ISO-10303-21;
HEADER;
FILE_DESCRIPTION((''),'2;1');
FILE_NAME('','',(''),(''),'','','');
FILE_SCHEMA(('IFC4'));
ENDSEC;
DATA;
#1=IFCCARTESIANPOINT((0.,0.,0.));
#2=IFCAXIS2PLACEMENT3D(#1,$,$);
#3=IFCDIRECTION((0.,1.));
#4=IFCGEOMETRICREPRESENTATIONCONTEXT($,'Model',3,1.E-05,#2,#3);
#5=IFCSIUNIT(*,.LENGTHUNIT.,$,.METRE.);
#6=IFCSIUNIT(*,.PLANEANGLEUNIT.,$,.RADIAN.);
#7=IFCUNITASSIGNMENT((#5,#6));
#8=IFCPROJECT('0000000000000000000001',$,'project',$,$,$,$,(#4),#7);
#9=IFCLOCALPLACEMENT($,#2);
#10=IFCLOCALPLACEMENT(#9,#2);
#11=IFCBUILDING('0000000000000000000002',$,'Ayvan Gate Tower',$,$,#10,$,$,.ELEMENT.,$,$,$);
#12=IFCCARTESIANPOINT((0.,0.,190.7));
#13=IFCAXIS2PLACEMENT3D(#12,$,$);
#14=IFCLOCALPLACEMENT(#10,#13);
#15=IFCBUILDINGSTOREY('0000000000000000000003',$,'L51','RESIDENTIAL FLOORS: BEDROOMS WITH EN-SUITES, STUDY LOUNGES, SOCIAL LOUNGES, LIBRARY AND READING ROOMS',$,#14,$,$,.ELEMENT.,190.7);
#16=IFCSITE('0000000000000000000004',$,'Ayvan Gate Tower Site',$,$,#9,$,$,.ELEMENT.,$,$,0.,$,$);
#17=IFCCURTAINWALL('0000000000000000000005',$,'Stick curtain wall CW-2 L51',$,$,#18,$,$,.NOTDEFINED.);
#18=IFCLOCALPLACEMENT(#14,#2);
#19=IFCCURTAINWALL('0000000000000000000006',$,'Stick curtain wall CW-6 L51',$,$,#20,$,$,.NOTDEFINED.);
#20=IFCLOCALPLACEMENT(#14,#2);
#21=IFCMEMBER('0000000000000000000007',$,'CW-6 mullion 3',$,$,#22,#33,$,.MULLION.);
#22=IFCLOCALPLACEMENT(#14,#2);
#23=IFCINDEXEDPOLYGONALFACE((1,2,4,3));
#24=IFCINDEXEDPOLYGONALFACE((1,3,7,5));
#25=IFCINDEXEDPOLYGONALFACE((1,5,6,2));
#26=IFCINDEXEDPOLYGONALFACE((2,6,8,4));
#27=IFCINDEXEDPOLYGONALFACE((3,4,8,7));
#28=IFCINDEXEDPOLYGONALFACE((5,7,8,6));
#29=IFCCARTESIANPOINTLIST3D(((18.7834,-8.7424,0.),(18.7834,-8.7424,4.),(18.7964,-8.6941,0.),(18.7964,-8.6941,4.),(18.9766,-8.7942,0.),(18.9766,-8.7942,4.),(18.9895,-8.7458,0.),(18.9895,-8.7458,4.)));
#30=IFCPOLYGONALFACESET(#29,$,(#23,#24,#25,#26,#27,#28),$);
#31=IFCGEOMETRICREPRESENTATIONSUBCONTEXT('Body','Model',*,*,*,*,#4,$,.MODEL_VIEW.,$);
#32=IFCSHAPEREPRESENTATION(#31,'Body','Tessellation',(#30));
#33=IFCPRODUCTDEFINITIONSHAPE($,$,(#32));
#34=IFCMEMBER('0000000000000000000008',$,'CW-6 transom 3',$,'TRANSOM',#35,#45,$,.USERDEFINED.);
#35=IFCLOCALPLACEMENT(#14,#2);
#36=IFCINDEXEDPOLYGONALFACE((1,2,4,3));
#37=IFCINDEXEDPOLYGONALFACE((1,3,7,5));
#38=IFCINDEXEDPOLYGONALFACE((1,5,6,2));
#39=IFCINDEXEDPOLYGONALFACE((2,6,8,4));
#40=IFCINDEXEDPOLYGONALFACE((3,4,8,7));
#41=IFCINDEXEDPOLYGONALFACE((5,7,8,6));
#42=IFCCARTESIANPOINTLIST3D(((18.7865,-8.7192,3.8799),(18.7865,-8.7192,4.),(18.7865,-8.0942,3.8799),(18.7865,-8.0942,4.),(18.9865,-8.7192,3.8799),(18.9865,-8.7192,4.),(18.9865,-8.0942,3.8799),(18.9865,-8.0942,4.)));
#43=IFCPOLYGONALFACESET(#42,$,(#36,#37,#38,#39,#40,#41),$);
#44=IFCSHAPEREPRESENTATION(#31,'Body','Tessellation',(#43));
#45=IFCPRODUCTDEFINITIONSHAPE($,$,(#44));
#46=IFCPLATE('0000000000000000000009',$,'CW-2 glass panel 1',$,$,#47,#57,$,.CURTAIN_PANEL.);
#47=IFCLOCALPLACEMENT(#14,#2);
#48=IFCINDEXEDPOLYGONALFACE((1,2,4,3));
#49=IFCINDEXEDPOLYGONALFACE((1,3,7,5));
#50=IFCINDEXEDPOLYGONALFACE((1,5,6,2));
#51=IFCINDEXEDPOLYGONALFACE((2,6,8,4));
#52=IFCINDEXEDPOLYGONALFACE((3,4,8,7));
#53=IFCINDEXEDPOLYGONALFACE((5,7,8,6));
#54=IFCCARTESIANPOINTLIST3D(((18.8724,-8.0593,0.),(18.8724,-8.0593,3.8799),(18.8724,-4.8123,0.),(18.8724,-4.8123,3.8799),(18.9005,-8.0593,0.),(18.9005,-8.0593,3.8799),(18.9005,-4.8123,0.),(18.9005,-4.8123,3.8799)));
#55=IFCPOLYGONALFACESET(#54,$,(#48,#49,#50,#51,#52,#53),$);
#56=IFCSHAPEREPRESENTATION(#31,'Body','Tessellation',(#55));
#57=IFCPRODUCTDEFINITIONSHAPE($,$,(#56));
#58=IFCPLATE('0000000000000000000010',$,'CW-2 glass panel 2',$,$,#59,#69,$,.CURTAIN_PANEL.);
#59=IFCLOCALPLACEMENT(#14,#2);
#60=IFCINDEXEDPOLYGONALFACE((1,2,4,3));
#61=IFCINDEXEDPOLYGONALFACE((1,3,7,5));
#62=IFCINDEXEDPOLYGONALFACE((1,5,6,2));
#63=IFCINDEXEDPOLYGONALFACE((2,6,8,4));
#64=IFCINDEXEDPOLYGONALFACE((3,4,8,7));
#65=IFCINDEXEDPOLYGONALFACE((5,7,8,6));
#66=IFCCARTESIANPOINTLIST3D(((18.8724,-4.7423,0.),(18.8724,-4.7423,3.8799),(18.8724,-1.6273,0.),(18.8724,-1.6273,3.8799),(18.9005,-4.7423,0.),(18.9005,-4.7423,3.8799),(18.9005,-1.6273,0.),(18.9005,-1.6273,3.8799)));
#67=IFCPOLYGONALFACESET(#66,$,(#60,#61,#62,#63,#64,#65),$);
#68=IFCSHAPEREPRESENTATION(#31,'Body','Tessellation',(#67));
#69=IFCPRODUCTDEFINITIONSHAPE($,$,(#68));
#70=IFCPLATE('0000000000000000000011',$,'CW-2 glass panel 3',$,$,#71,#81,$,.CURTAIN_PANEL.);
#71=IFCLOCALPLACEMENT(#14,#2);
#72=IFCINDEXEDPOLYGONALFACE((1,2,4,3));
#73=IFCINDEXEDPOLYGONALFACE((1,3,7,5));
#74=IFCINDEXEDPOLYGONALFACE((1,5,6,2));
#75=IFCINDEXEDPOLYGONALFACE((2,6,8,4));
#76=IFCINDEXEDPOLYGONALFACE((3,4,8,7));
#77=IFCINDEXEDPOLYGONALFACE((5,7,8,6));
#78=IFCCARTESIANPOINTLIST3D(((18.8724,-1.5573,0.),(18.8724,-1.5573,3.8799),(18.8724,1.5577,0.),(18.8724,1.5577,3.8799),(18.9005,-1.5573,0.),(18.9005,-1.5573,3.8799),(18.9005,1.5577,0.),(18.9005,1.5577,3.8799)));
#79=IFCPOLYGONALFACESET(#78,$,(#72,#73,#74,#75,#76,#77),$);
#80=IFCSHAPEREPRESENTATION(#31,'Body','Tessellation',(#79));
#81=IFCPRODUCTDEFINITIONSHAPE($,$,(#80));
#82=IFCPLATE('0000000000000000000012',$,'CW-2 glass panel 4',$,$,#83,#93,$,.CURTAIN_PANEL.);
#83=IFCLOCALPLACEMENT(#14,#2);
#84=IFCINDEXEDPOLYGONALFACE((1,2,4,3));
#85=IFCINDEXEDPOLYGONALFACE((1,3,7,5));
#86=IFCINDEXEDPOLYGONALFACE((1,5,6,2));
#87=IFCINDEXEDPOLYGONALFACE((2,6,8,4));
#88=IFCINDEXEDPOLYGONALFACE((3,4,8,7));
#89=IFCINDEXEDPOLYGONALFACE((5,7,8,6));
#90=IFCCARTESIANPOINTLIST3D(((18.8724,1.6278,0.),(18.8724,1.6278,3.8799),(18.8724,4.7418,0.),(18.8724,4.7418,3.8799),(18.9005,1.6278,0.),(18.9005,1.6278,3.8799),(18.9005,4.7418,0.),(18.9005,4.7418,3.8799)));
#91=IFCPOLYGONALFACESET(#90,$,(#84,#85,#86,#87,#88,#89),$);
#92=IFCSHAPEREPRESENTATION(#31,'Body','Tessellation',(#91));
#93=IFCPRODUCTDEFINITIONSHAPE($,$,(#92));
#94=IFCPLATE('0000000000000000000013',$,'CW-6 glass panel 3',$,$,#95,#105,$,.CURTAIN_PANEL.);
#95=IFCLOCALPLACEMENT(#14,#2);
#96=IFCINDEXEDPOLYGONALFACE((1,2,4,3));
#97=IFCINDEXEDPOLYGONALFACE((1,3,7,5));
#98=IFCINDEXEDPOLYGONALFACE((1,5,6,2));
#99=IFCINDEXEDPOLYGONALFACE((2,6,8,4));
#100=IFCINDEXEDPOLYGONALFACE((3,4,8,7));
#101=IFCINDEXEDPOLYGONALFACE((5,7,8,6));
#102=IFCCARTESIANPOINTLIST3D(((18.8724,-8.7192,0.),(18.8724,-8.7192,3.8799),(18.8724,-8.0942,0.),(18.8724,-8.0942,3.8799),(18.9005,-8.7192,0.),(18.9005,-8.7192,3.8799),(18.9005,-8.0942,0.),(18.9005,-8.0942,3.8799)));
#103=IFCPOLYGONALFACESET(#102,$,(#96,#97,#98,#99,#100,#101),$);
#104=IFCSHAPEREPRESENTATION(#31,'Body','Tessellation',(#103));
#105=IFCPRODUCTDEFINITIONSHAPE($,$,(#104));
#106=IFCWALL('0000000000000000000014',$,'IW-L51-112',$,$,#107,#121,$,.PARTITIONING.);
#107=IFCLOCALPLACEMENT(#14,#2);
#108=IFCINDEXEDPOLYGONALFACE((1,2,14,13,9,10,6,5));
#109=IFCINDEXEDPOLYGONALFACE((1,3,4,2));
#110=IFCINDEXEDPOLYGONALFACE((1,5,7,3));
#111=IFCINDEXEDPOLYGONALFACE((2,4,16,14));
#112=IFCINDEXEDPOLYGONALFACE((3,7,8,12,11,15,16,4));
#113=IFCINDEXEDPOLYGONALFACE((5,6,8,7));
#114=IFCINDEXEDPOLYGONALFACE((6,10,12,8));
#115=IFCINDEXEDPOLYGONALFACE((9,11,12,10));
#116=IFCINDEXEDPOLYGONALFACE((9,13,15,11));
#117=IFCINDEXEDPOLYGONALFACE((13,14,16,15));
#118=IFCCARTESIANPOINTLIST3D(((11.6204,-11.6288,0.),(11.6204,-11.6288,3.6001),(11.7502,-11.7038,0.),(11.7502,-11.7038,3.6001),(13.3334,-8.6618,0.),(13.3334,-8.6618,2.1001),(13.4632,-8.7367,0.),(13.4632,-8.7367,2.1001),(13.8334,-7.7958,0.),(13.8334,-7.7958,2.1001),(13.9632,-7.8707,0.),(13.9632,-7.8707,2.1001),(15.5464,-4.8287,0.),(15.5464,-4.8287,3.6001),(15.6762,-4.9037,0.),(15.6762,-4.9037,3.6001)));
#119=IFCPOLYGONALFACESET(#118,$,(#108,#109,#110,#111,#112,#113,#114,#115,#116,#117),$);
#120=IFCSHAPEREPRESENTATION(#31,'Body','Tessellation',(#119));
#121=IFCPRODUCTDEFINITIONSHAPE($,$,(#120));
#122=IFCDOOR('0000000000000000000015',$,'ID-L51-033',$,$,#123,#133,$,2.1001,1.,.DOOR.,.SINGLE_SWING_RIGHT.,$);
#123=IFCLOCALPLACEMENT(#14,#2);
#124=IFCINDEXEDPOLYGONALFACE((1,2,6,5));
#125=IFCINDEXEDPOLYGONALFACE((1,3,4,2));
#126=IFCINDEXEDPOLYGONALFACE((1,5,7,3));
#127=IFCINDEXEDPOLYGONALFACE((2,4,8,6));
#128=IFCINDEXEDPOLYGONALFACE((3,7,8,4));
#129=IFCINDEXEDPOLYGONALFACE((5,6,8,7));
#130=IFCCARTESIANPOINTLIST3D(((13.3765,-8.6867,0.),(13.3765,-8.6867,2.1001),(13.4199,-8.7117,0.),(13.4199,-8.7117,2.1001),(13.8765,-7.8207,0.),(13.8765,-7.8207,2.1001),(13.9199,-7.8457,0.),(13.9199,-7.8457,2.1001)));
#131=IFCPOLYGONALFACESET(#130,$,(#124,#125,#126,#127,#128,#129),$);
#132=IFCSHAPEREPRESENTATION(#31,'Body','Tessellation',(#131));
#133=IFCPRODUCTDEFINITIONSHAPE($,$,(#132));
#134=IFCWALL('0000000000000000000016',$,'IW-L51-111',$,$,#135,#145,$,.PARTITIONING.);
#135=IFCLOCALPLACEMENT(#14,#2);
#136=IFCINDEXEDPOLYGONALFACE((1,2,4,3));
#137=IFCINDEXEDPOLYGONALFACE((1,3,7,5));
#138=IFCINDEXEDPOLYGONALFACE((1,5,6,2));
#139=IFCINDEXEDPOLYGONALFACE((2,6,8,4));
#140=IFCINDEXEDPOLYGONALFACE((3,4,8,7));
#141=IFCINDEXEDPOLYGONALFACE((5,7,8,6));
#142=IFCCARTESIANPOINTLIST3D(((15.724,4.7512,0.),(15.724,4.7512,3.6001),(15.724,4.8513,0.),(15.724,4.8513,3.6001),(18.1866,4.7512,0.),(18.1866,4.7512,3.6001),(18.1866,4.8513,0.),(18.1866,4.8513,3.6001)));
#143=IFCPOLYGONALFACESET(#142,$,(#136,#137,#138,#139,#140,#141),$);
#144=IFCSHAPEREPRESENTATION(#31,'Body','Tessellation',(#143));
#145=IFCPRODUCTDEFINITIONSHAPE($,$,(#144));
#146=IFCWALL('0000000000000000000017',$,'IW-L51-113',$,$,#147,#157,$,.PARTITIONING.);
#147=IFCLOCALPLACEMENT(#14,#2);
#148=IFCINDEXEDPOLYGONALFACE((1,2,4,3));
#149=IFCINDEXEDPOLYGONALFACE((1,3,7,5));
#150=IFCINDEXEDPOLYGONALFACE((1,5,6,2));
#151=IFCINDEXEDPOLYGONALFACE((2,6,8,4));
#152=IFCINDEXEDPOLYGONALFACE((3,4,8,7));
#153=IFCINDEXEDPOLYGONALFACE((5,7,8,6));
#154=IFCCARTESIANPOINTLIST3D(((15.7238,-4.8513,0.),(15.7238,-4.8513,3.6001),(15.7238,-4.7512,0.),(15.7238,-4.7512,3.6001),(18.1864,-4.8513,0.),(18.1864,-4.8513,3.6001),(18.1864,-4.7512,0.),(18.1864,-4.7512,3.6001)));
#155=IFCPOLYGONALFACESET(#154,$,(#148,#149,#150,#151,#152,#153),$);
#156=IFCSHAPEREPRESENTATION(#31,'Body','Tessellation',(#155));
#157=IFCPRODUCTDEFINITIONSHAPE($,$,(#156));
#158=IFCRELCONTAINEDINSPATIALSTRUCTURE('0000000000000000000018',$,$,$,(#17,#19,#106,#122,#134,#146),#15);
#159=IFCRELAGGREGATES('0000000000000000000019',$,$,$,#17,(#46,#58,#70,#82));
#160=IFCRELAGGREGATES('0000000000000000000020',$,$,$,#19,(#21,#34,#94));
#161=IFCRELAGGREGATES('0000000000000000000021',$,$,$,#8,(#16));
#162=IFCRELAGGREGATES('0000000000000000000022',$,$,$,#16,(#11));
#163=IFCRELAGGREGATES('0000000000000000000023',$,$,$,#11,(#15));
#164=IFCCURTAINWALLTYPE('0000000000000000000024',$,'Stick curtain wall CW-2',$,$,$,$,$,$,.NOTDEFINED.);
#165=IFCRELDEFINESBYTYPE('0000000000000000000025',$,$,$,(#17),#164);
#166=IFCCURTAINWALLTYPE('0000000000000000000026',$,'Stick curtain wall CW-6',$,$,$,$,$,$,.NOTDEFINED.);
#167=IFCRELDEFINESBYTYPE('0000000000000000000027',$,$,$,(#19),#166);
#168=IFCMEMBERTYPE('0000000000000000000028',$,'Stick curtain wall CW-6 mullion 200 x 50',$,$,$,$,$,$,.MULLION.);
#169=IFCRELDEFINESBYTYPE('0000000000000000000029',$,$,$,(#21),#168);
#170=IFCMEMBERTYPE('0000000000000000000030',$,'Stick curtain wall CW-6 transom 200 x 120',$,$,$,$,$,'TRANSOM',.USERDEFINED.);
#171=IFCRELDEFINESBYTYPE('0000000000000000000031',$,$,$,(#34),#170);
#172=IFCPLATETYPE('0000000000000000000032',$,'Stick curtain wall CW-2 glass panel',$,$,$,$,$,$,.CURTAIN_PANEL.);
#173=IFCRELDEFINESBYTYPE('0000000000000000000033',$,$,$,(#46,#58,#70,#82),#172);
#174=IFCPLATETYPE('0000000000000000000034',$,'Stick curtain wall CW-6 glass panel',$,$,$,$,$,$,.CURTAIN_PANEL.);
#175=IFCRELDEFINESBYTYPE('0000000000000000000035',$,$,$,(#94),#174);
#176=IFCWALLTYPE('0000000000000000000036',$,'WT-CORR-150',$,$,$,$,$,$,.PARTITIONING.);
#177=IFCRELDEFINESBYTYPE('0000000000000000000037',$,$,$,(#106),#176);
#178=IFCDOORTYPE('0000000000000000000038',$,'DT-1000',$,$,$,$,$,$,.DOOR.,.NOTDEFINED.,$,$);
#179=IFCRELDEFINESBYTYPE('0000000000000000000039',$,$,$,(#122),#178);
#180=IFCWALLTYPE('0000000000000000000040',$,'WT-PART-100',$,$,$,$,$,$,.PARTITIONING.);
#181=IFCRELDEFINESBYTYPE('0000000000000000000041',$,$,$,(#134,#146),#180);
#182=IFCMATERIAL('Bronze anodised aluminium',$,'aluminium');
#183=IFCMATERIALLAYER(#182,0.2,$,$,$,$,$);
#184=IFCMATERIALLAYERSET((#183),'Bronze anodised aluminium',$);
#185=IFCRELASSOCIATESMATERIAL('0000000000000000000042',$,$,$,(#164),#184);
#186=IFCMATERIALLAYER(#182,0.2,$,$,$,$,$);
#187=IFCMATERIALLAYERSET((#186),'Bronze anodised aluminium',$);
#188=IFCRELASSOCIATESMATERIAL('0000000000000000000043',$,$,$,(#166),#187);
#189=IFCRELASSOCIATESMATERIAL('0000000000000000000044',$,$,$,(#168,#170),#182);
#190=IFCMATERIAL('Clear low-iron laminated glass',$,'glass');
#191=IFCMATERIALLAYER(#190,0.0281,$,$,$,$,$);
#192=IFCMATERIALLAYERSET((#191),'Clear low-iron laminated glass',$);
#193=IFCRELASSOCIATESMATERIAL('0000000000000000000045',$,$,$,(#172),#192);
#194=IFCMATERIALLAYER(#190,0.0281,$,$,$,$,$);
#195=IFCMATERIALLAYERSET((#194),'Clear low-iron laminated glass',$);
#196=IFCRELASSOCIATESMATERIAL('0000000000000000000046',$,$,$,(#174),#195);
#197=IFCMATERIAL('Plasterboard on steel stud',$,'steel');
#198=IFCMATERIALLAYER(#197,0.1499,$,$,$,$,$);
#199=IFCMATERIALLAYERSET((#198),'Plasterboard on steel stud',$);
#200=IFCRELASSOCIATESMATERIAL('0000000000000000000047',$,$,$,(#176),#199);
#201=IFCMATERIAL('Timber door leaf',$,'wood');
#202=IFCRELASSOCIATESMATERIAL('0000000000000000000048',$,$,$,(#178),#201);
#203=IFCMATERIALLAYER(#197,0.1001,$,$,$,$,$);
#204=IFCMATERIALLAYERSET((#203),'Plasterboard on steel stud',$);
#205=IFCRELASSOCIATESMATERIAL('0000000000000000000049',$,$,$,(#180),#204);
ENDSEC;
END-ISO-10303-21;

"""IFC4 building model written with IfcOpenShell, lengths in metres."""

from ifc_helpers import new_model, si_unit, direction, frame, frame_2d, origin, origin_2d, place, context, subcontext, project, spatial, rectangle, extrude, material, layer, layer_set, material_profile, profile_set, type_object, element, fill, aggregate, save


model = new_model("IFC4")

# Units and contexts
model_context = context("Model", 3, precision=1e-05, world=origin(), true_north=direction((0.0, 1.0)))
body_context = subcontext(model_context, "Body", "Model", "MODEL_VIEW")
ifc_project = project(units=[si_unit("LENGTHUNIT", "METRE"), si_unit("PLANEANGLEUNIT", "RADIAN")], contexts=[model_context])

# Site, building, storey
site_placement = place(None, origin())
site = spatial("IfcSite", under=ifc_project, at=site_placement, Name="Ayvan Gate Tower Site", CompositionType="ELEMENT", RefElevation=0.0)
building_placement = place(site_placement, origin())
building = spatial("IfcBuilding", under=site, at=building_placement, Name="Ayvan Gate Tower", CompositionType="ELEMENT")
storey_placement = place(building_placement, frame((0.0, 0.0, 190.7)))
storey = spatial("IfcBuildingStorey", under=building, at=storey_placement, Name="L51", Description="RESIDENTIAL FLOORS: BEDROOMS WITH EN-SUITES, STUDY LOUNGES, SOCIAL LOUNGES, LIBRARY AND READING ROOMS", CompositionType="ELEMENT", Elevation=190.7)

# Curtain walls, members
ifc_material_1 = material(Name="Bronze anodised aluminium", Category="aluminium")
ifc_layer_1 = layer(ifc_material_1, 0.2)
ifc_layer_set_1 = layer_set([ifc_layer_1], Name="Bronze anodised aluminium")
curtain_wall_type_1 = type_object("IfcCurtainWallType", Name="Stick curtain wall CW-2", PredefinedType="NOTDEFINED", material=ifc_layer_set_1)
curtain_wall_1_placement = place(storey_placement, origin())
curtain_wall_1 = element("IfcCurtainWall", 1, at=curtain_wall_1_placement, inside=storey, type_object=curtain_wall_type_1, Name="Stick curtain wall CW-2 L51", PredefinedType="NOTDEFINED")
ifc_layer_2 = layer(ifc_material_1, 0.2)
ifc_layer_set_2 = layer_set([ifc_layer_2], Name="Bronze anodised aluminium")
curtain_wall_type_2 = type_object("IfcCurtainWallType", Name="Stick curtain wall CW-6", PredefinedType="NOTDEFINED", material=ifc_layer_set_2)
curtain_wall_2_placement = place(storey_placement, origin())
curtain_wall_2 = element("IfcCurtainWall", 2, at=curtain_wall_2_placement, inside=storey, type_object=curtain_wall_type_2, Name="Stick curtain wall CW-6 L51", PredefinedType="NOTDEFINED")
ifc_material_profile_1 = material_profile(ifc_material_1, rectangle(XDim=0.2, YDim=0.05, at=origin_2d()), Name="Stick curtain wall CW-6 mullion 200 x 50")
ifc_profile_set_1 = profile_set([ifc_material_profile_1], Name="Bronze anodised aluminium")
member_type_1 = type_object("IfcMemberType", Name="Stick curtain wall CW-6 mullion 200 x 50", PredefinedType="MULLION", material=ifc_profile_set_1)
member_1_placement = place(storey_placement, frame((18.8865, -8.7441, 0.0), z_axis=(0.0, 0.0, 1.0), x_axis=(0.965926, -0.258819, 0.0)))
member_1 = element("IfcMember", 3, at=member_1_placement, type_object=member_type_1, Name="CW-6 mullion 3", PredefinedType="MULLION", context=body_context, shape_type="SweptSolid", body=[
    extrude(rectangle(XDim=0.2, YDim=0.05, at=origin_2d()), origin(), (0.0, 0.0, 1.0), 4.0),
])
ifc_material_profile_2 = material_profile(ifc_material_1, rectangle(XDim=0.2, YDim=0.1201, at=origin_2d()), Name="Stick curtain wall CW-6 transom 200 x 120")
ifc_profile_set_2 = profile_set([ifc_material_profile_2], Name="Bronze anodised aluminium")
member_type_2 = type_object("IfcMemberType", Name="Stick curtain wall CW-6 transom 200 x 120", ElementType="TRANSOM", PredefinedType="USERDEFINED", material=ifc_profile_set_2)
member_2_placement = place(storey_placement, frame((18.8865, -8.7192, 3.9399), z_axis=(0.0, 1.0, 0.0), x_axis=(-1.0, 0.0, 0.0)))
member_2 = element("IfcMember", 4, at=member_2_placement, type_object=member_type_2, Name="CW-6 transom 3", ObjectType="TRANSOM", PredefinedType="USERDEFINED", context=body_context, shape_type="SweptSolid", body=[
    extrude(rectangle(XDim=0.2, YDim=0.1201, at=origin_2d()), origin(), (0.0, 0.0, 1.0), 0.625),
])

# Plates
ifc_material_2 = material(Name="Clear low-iron laminated glass", Category="glass")
ifc_layer_3 = layer(ifc_material_2, 0.0281)
ifc_layer_set_3 = layer_set([ifc_layer_3], Name="Clear low-iron laminated glass")
plate_type_1 = type_object("IfcPlateType", Name="Stick curtain wall CW-2 glass panel", PredefinedType="CURTAIN_PANEL", material=ifc_layer_set_3)
plate_1_placement = place(storey_placement, frame((18.8865, -6.4358, 0.0), z_axis=(0.0, 0.0, 1.0), x_axis=(0.0, 1.0, 0.0)))
plate_1 = element("IfcPlate", 5, at=plate_1_placement, type_object=plate_type_1, Name="CW-2 glass panel 1", PredefinedType="CURTAIN_PANEL", context=body_context, shape_type="SweptSolid", body=[
    extrude(rectangle(XDim=3.2471, YDim=0.0281, at=origin_2d()), origin(), (0.0, 0.0, 1.0), 3.8799),
])
plate_2_placement = place(storey_placement, frame((18.8865, -3.1848, 0.0), z_axis=(0.0, 0.0, 1.0), x_axis=(0.0, 1.0, 0.0)))
plate_2 = element("IfcPlate", 6, at=plate_2_placement, type_object=plate_type_1, Name="CW-2 glass panel 2", PredefinedType="CURTAIN_PANEL", context=body_context, shape_type="SweptSolid", body=[
    extrude(rectangle(XDim=3.115, YDim=0.0281, at=origin_2d()), origin(), (0.0, 0.0, 1.0), 3.8799),
])
plate_3_placement = place(storey_placement, frame((18.8865, 0.0002, 0.0), z_axis=(0.0, 0.0, 1.0), x_axis=(0.0, 1.0, 0.0)))
plate_3 = element("IfcPlate", 7, at=plate_3_placement, type_object=plate_type_1, Name="CW-2 glass panel 3", PredefinedType="CURTAIN_PANEL", context=body_context, shape_type="SweptSolid", body=[
    extrude(rectangle(XDim=3.115, YDim=0.0281, at=origin_2d()), origin(), (0.0, 0.0, 1.0), 3.8799),
])
plate_4_placement = place(storey_placement, frame((18.8865, 3.1848, 0.0), z_axis=(0.0, 0.0, 1.0), x_axis=(0.0, 1.0, 0.0)))
plate_4 = element("IfcPlate", 8, at=plate_4_placement, type_object=plate_type_1, Name="CW-2 glass panel 4", PredefinedType="CURTAIN_PANEL", context=body_context, shape_type="SweptSolid", body=[
    extrude(rectangle(XDim=3.114, YDim=0.0281, at=origin_2d()), origin(), (0.0, 0.0, 1.0), 3.8799),
])
aggregate(curtain_wall_1, [plate_1, plate_2, plate_3, plate_4])
ifc_layer_4 = layer(ifc_material_2, 0.0281)
ifc_layer_set_4 = layer_set([ifc_layer_4], Name="Clear low-iron laminated glass")
plate_type_2 = type_object("IfcPlateType", Name="Stick curtain wall CW-6 glass panel", PredefinedType="CURTAIN_PANEL", material=ifc_layer_set_4)
plate_5_placement = place(storey_placement, frame((18.8865, -8.4067, 0.0), z_axis=(0.0, 0.0, 1.0), x_axis=(0.0, 1.0, 0.0)))
plate_5 = element("IfcPlate", 9, at=plate_5_placement, type_object=plate_type_2, Name="CW-6 glass panel 3", PredefinedType="CURTAIN_PANEL", context=body_context, shape_type="SweptSolid", body=[
    extrude(rectangle(XDim=0.625, YDim=0.0281, at=origin_2d()), origin(), (0.0, 0.0, 1.0), 3.8799),
])
aggregate(curtain_wall_2, [member_1, member_2, plate_5])

# Wall, opening, door
ifc_material_3 = material(Name="Plasterboard on steel stud", Category="steel")
ifc_layer_5 = layer(ifc_material_3, 0.1499)
ifc_layer_set_5 = layer_set([ifc_layer_5], Name="Plasterboard on steel stud")
wall_type_1 = type_object("IfcWallType", Name="WT-CORR-150", PredefinedType="PARTITIONING", material=ifc_layer_set_5)
wall_placement = place(storey_placement, frame((15.6113, -4.8662, 0.0), z_axis=(0.0, 0.0, 1.0), x_axis=(-0.500001, -0.866025, 0.0)))
wall = element("IfcWall", 10, at=wall_placement, inside=storey, type_object=wall_type_1, Name="IW-L51-112", PredefinedType="PARTITIONING", context=body_context, shape_type="SweptSolid", body=[
    extrude(rectangle(XDim=7.8521, YDim=0.1499, at=frame_2d((3.926, 0.0))), origin(), (0.0, 0.0, 1.0), 3.6001),
])
opening_placement = place(wall_placement, frame((3.426, 0.0, 0.0)))
opening = element("IfcOpeningElement", 11, at=opening_placement, cuts=wall, PredefinedType="OPENING", context=body_context, shape_type="SweptSolid", body=[
    extrude(rectangle(XDim=1.0, YDim=2.1001, at=frame_2d((0.5, 1.05))), frame((0.0, 0.085, 0.0), z_axis=(0.0, -1.0, 0.0), x_axis=(1.0, 0.0, 0.0)), (0.0, 0.0, 1.0), 0.1699),
])
ifc_material_4 = material(Name="Timber door leaf", Category="wood")
door_type = type_object("IfcDoorType", Name="DT-1000", OperationType="NOTDEFINED", PredefinedType="DOOR", material=ifc_material_4)
door_placement = place(opening_placement, origin())
door = element("IfcDoor", 12, at=door_placement, inside=storey, type_object=door_type, Name="ID-L51-033", OperationType="SINGLE_SWING_RIGHT", OverallHeight=2.1001, OverallWidth=1.0, PredefinedType="DOOR", context=body_context, shape_type="SweptSolid", body=[
    extrude(rectangle(XDim=1.0, YDim=2.1001, at=frame_2d((0.5, 1.05))), frame((0.0, 0.0249, 0.0), z_axis=(0.0, -1.0, 0.0), x_axis=(1.0, 0.0, 0.0)), (0.0, 0.0, 1.0), 0.05),
])
fill(opening, door)

# Walls
ifc_layer_6 = layer(ifc_material_3, 0.1001)
ifc_layer_set_6 = layer_set([ifc_layer_6], Name="Plasterboard on steel stud")
wall_type_2 = type_object("IfcWallType", Name="WT-PART-100", PredefinedType="PARTITIONING", material=ifc_layer_set_6)
for number, where, z_axis, x_axis, name in (
    (13, (15.7239, 4.8013, 0.0), (0.0, 0.0, 1.0), (1.0, 0.0, 0.0), "IW-L51-111"),
    (14, (18.1865, -4.8013, 0.0), (0.0, 0.0, 1.0), (-1.0, 0.0, 0.0), "IW-L51-113"),
):
    element("IfcWall", number, at=place(storey_placement, frame(where, z_axis=z_axis, x_axis=x_axis)), inside=storey, type_object=wall_type_2, Name=name, PredefinedType="PARTITIONING", context=body_context, shape_type="SweptSolid", body=[
        extrude(rectangle(XDim=2.4626, YDim=0.1001, at=frame_2d((1.2314, 0.0))), origin(), (0.0, 0.0, 1.0), 3.6001),
    ])

save(model, "model.ifc")
